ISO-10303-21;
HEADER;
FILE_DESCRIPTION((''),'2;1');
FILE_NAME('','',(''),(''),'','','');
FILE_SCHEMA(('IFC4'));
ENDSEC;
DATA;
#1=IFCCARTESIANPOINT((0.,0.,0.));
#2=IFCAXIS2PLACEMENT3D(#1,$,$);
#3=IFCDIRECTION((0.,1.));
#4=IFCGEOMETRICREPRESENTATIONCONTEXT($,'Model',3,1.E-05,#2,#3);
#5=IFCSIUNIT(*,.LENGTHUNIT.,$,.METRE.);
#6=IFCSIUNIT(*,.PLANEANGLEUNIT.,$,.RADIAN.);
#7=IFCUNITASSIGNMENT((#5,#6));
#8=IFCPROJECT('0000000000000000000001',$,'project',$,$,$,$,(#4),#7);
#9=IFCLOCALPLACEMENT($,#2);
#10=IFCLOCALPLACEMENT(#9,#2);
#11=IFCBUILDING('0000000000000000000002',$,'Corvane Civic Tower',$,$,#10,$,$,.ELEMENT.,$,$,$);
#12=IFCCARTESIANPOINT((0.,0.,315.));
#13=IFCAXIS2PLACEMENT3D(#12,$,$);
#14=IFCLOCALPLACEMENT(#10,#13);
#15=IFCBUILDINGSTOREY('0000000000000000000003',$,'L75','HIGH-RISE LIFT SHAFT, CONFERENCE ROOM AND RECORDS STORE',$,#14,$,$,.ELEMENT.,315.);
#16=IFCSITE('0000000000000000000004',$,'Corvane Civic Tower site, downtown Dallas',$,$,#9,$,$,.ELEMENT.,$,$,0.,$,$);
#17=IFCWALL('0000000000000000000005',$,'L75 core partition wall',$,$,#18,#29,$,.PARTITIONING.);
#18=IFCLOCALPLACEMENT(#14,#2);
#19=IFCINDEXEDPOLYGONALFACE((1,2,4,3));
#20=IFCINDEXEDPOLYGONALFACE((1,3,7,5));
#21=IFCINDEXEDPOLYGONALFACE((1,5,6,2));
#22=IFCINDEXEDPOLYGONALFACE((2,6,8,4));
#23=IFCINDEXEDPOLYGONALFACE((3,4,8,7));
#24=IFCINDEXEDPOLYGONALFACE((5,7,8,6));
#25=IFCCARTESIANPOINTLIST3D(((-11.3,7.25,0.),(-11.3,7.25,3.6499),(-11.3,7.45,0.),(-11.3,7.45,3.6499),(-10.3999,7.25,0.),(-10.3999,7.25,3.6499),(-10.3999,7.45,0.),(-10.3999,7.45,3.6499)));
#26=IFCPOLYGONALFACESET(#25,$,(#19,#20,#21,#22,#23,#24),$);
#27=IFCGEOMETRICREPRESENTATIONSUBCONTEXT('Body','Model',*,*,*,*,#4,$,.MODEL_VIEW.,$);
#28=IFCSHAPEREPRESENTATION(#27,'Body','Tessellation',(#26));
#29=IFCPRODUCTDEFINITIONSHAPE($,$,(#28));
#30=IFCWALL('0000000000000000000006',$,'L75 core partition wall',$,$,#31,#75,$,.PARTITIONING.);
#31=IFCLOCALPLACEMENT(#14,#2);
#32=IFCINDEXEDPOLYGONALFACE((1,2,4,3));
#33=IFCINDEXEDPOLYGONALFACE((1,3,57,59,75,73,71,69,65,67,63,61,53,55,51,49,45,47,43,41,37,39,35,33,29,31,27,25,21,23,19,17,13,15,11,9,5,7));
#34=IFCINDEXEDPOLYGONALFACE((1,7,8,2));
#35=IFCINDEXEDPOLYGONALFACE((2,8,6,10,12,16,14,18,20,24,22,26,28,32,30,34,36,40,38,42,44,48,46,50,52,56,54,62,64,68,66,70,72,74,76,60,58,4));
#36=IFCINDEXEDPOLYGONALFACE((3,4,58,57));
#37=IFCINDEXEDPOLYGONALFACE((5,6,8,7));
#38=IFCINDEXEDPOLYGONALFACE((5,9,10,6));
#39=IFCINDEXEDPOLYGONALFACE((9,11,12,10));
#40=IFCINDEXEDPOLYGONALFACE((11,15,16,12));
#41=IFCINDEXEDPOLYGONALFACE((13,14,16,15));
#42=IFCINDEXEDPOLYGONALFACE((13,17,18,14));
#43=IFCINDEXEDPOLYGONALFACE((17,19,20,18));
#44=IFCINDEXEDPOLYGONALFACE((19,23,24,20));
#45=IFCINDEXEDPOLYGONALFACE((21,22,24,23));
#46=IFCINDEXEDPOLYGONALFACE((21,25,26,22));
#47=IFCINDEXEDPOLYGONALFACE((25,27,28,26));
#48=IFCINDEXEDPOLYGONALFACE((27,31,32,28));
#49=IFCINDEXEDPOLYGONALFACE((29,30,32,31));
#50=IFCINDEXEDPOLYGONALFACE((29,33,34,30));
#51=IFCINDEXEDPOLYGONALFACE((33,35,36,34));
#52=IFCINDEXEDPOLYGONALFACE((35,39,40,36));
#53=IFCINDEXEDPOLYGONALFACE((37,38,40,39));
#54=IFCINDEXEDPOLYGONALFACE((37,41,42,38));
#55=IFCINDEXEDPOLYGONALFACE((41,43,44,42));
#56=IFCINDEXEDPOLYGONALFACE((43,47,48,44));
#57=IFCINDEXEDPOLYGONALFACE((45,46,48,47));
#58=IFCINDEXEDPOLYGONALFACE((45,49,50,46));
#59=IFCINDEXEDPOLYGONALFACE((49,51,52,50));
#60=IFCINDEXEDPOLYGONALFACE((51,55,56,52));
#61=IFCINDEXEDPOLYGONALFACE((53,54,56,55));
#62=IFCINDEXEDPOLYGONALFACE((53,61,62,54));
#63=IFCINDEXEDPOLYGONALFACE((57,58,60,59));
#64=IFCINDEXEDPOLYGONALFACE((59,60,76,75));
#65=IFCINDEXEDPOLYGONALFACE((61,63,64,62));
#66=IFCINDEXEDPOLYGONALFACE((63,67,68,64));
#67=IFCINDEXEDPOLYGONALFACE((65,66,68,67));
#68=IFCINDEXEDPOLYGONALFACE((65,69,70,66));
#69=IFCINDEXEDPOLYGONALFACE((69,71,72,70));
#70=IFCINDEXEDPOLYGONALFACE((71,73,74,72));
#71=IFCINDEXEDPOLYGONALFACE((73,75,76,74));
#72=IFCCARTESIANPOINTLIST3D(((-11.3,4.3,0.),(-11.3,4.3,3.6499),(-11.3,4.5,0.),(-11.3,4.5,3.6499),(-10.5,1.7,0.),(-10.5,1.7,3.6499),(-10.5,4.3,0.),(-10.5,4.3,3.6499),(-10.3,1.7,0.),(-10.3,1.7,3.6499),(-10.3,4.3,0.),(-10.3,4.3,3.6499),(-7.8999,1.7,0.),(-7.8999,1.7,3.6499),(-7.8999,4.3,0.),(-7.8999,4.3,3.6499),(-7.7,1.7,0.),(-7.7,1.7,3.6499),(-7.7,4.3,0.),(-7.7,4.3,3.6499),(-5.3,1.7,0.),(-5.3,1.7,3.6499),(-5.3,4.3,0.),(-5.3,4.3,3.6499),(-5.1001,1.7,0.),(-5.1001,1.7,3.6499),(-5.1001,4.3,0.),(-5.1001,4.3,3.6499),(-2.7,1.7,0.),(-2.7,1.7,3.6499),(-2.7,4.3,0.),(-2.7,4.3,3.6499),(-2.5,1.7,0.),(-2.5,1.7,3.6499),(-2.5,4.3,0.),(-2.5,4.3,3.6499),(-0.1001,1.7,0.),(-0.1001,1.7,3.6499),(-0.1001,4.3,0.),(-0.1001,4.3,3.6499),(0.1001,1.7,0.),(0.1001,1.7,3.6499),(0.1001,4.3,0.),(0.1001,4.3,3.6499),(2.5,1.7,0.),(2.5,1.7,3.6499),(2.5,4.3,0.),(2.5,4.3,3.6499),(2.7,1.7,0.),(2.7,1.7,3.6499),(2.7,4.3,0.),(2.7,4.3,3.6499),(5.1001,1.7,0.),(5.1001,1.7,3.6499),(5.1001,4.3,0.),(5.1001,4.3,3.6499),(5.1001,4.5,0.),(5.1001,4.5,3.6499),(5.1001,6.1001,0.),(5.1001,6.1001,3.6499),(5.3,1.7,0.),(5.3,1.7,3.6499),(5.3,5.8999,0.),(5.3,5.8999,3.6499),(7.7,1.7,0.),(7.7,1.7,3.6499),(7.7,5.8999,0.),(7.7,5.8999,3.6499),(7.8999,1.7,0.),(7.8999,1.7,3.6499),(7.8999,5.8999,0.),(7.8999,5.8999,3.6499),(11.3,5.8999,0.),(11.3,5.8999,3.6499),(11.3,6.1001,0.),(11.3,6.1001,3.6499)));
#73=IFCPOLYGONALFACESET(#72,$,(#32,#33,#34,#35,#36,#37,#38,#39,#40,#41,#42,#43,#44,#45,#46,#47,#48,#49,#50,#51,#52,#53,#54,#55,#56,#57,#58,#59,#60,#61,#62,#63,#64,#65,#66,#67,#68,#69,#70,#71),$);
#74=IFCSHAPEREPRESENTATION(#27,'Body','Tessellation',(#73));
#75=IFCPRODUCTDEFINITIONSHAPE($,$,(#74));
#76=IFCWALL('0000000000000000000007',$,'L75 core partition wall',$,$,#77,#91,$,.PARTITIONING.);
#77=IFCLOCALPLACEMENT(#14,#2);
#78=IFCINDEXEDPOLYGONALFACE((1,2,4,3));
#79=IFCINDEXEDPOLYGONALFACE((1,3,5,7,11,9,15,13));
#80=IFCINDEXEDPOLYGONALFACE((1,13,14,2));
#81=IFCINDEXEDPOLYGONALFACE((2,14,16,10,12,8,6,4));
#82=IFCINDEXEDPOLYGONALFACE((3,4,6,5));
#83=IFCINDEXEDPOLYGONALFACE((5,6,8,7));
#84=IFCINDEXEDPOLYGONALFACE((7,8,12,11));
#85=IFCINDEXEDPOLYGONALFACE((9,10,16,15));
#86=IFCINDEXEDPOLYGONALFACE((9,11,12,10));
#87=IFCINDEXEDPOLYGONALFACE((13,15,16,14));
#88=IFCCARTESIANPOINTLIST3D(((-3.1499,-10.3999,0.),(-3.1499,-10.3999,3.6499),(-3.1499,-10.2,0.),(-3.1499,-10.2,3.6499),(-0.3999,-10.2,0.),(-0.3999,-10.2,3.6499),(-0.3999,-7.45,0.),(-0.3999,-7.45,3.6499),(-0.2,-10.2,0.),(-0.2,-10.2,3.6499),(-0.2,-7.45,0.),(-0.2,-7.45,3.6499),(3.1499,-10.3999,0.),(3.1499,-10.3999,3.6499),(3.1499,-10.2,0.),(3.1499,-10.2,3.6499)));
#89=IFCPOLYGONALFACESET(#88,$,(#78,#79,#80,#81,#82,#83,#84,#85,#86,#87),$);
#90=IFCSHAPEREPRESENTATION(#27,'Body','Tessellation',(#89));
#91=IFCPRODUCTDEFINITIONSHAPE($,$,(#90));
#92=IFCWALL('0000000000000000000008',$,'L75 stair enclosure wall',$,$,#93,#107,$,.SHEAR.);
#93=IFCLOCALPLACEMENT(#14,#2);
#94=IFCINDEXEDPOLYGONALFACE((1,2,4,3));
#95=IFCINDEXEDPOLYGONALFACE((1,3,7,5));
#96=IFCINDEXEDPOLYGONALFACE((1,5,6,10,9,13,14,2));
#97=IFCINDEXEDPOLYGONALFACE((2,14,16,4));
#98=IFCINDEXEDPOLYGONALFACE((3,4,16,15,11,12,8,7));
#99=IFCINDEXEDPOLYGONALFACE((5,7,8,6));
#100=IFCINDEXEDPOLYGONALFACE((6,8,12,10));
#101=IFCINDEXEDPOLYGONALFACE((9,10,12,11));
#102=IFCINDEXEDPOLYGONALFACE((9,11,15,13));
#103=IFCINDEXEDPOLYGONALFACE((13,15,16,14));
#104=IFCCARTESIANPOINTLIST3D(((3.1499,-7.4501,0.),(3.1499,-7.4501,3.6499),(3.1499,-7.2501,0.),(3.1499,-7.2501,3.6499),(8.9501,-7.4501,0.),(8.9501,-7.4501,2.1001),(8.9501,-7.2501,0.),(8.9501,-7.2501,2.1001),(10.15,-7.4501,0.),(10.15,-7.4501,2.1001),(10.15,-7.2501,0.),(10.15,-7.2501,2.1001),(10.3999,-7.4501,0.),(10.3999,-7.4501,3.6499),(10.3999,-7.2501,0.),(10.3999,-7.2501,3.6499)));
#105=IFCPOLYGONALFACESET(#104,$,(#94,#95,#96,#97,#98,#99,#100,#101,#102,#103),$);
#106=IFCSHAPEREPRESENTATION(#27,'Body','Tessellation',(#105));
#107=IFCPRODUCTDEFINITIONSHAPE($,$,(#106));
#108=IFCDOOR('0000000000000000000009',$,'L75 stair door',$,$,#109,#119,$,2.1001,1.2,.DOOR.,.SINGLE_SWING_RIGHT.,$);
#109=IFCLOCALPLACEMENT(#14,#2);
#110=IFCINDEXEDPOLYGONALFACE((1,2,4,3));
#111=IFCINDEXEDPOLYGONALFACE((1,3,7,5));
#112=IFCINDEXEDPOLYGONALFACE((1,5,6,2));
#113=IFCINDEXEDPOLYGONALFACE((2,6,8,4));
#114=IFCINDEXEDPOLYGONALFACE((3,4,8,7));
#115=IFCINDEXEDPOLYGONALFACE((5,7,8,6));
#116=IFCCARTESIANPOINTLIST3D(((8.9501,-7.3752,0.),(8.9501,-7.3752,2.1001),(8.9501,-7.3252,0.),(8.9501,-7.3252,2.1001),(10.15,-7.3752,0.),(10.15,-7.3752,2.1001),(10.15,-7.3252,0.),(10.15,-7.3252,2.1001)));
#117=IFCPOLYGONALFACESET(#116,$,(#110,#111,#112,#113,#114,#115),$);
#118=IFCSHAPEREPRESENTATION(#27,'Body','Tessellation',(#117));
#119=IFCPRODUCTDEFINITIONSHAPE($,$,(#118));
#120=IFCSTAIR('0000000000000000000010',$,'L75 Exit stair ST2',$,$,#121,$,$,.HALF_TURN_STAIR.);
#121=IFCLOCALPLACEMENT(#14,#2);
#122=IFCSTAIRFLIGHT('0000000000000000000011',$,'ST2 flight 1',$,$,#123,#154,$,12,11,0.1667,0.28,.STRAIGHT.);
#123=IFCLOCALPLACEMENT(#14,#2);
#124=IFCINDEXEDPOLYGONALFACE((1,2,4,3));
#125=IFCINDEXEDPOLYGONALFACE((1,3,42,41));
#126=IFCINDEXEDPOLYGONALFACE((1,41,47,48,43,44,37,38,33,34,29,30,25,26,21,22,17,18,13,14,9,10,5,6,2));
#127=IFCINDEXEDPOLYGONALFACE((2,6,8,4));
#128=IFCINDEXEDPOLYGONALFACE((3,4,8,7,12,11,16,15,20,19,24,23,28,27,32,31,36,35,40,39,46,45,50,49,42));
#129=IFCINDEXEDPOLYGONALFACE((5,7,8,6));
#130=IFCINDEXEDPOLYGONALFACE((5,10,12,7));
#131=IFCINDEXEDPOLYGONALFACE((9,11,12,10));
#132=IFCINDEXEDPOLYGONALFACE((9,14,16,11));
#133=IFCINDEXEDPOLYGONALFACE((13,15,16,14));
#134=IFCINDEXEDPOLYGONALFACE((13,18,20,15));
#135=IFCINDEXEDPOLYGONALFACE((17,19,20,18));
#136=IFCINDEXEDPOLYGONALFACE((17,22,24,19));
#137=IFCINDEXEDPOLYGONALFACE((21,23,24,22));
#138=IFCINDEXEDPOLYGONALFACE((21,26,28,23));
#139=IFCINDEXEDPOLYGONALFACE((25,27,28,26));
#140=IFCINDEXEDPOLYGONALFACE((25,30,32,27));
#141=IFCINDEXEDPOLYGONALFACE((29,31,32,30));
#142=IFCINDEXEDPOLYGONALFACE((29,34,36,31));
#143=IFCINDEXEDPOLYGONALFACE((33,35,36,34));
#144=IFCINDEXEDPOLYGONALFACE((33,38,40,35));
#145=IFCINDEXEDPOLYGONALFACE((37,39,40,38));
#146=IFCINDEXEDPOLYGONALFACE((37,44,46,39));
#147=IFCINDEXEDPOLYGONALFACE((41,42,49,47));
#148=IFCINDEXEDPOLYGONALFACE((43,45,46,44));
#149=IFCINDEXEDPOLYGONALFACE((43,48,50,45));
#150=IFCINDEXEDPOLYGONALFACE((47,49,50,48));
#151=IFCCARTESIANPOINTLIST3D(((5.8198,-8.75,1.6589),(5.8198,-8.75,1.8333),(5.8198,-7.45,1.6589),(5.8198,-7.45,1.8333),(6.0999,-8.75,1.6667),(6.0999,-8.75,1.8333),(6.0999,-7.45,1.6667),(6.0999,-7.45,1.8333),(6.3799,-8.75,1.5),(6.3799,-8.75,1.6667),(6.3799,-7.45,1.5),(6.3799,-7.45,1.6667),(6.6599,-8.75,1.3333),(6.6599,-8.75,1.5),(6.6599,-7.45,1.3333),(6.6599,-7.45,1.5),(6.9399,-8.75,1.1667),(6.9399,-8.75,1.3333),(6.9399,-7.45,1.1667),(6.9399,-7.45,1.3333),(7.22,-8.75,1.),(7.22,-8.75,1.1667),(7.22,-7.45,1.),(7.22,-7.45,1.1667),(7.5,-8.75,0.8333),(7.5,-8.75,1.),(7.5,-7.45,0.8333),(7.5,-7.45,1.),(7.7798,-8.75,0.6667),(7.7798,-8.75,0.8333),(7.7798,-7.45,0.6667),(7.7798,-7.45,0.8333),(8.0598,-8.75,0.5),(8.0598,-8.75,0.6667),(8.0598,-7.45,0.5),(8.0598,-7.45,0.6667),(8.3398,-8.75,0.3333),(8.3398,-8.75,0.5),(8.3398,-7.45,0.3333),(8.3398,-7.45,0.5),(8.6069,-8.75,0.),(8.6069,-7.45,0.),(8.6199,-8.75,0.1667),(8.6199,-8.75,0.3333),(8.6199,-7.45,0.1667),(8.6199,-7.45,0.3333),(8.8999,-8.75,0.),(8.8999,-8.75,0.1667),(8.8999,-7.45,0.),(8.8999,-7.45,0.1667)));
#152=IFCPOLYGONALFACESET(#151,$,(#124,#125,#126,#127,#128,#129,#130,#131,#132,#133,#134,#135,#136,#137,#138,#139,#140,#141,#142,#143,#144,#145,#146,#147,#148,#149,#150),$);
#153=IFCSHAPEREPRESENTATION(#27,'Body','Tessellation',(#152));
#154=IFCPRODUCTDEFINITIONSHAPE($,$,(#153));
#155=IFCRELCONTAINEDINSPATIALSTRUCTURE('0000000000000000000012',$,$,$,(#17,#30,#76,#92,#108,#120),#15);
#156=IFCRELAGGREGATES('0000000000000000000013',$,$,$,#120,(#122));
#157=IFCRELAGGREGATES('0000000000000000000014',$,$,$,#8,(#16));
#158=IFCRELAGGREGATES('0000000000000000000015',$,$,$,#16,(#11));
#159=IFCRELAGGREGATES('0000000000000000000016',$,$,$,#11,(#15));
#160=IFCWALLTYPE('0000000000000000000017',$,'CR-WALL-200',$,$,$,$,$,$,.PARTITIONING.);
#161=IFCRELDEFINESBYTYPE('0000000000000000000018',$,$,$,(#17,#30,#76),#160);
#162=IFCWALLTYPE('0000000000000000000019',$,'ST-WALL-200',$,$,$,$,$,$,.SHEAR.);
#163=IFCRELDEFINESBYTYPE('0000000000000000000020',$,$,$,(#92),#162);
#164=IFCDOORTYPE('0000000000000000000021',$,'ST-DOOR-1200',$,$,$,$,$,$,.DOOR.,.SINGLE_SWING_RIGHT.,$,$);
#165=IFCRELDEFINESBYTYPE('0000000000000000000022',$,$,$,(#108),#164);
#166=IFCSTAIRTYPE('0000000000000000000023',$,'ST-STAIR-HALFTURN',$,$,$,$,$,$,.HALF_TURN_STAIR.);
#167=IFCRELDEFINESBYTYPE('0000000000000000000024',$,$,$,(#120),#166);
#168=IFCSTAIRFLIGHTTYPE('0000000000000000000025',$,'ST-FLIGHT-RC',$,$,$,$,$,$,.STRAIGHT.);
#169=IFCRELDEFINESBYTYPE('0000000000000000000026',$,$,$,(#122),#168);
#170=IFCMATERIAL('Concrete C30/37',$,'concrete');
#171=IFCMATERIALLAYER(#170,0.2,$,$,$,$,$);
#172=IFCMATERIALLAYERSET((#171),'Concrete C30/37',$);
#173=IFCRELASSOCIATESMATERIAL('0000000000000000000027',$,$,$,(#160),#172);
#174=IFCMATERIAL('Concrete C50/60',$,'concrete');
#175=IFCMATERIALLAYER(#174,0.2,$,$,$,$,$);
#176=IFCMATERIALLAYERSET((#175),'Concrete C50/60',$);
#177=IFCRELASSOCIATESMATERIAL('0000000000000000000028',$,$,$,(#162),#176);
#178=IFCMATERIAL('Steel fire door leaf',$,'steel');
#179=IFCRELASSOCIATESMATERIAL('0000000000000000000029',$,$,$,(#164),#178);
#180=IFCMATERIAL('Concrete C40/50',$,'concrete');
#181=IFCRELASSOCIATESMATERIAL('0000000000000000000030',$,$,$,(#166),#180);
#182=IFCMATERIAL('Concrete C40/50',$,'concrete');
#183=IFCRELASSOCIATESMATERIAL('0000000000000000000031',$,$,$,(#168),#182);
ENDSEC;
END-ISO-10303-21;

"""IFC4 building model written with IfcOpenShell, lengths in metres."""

from ifc_helpers import new_model, si_unit, direction, frame, frame_2d, origin, place, context, subcontext, project, spatial, polyline, rectangle, outline, extrude, material, layer, layer_set, type_object, element, fill, aggregate, save


model = new_model("IFC4")

# Units and contexts
model_context = context("Model", 3, precision=1e-05, world=origin(), true_north=direction((0.0, 1.0)))
body_context = subcontext(model_context, "Body", "Model", "MODEL_VIEW")
ifc_project = project(units=[si_unit("LENGTHUNIT", "METRE"), si_unit("PLANEANGLEUNIT", "RADIAN")], contexts=[model_context])

# Site, building, storey
site_placement = place(None, origin())
site = spatial("IfcSite", under=ifc_project, at=site_placement, Name="Corvane Civic Tower site, downtown Dallas", CompositionType="ELEMENT", RefElevation=0.0)
building_placement = place(site_placement, origin())
building = spatial("IfcBuilding", under=site, at=building_placement, Name="Corvane Civic Tower", CompositionType="ELEMENT")
storey_placement = place(building_placement, frame((0.0, 0.0, 315.0)))
storey = spatial("IfcBuildingStorey", under=building, at=storey_placement, Name="L75", Description="HIGH-RISE LIFT SHAFT, CONFERENCE ROOM AND RECORDS STORE", CompositionType="ELEMENT", Elevation=315.0)

# Shared definitions
ifc_material_1 = material(Name="Concrete C30/37", Category="concrete")
ifc_layer_1 = layer(ifc_material_1, 0.2)
ifc_layer_set_1 = layer_set([ifc_layer_1], Name="Concrete C30/37")
wall_type_1 = type_object("IfcWallType", Name="CR-WALL-200", PredefinedType="PARTITIONING", material=ifc_layer_set_1)

# Walls
wall_1_placement = place(storey_placement, origin())
element("IfcWall", 1, at=wall_1_placement, inside=storey, type_object=wall_type_1, Name="L75 core partition wall", PredefinedType="PARTITIONING", context=body_context, shape_type="SweptSolid", body=[
    extrude(outline(polyline([(-10.3999, 7.25), (-11.3, 7.25), (-11.3, 7.45), (-10.3999, 7.45), (-10.3999, 7.25)])), origin(), (0.0, 0.0, 1.0), 3.6499),
])
wall_2_placement = place(storey_placement, origin())
element("IfcWall", 2, at=wall_2_placement, inside=storey, type_object=wall_type_1, Name="L75 core partition wall", PredefinedType="PARTITIONING", context=body_context, shape_type="SweptSolid", body=[
    extrude(outline(polyline([(-5.3, 1.7), (-5.3, 4.3), (-7.7, 4.3), (-7.7, 1.7), (-7.8999, 1.7), (-7.8999, 4.3), (-10.3, 4.3), (-10.3, 1.7), (-10.5, 1.7), (-10.5, 4.3), (-11.3, 4.3), (-11.3, 4.5), (5.1001, 4.5), (5.1001, 6.1001), (11.3, 6.1001), (11.3, 5.8999), (7.8999, 5.8999), (7.8999, 1.7), (7.7, 1.7), (7.7, 5.8999), (5.3, 5.8999), (5.3, 1.7), (5.1001, 1.7), (5.1001, 4.3), (2.7, 4.3), (2.7, 1.7), (2.5, 1.7), (2.5, 4.3), (0.1001, 4.3), (0.1001, 1.7), (-0.1001, 1.7), (-0.1001, 4.3), (-2.5, 4.3), (-2.5, 1.7), (-2.7, 1.7), (-2.7, 4.3), (-5.1001, 4.3), (-5.1001, 1.7), (-5.3, 1.7)])), origin(), (0.0, 0.0, 1.0), 3.6499),
])
wall_3_placement = place(storey_placement, origin())
element("IfcWall", 3, at=wall_3_placement, inside=storey, type_object=wall_type_1, Name="L75 core partition wall", PredefinedType="PARTITIONING", context=body_context, shape_type="SweptSolid", body=[
    extrude(outline(polyline([(-0.2, -7.45), (-0.2, -10.2), (3.1499, -10.2), (3.1499, -10.3999), (-3.1499, -10.3999), (-3.1499, -10.2), (-0.3999, -10.2), (-0.3999, -7.45), (-0.2, -7.45)])), origin(), (0.0, 0.0, 1.0), 3.6499),
])

# Wall, opening, door
ifc_material_2 = material(Name="Concrete C50/60", Category="concrete")
ifc_layer_2 = layer(ifc_material_2, 0.2)
ifc_layer_set_2 = layer_set([ifc_layer_2], Name="Concrete C50/60")
wall_type_2 = type_object("IfcWallType", Name="ST-WALL-200", PredefinedType="SHEAR", material=ifc_layer_set_2)
wall_4_placement = place(storey_placement, frame((3.1499, -7.3501, 0.0), z_axis=(0.0, 0.0, 1.0), x_axis=(1.0, 0.0, 0.0)))
wall_4 = element("IfcWall", 4, at=wall_4_placement, inside=storey, type_object=wall_type_2, Name="L75 stair enclosure wall", PredefinedType="SHEAR", context=body_context, shape_type="SweptSolid", body=[
    extrude(rectangle(XDim=7.25, YDim=0.2, at=frame_2d((3.625, 0.0))), origin(), (0.0, 0.0, 1.0), 3.6499),
])
opening_1_placement = place(wall_4_placement, frame((5.8, 0.0, 0.0)))
opening_1 = element("IfcOpeningElement", 5, at=opening_1_placement, cuts=wall_4, PredefinedType="OPENING", context=body_context, shape_type="SweptSolid", body=[
    extrude(rectangle(XDim=1.2, YDim=2.1001, at=frame_2d((0.6001, 1.05))), frame((0.0, 0.1099, 0.0), z_axis=(0.0, -1.0, 0.0), x_axis=(1.0, 0.0, 0.0)), (0.0, 0.0, 1.0), 0.22),
])
ifc_material_3 = material(Name="Steel fire door leaf", Category="steel")
door_type_1 = type_object("IfcDoorType", Name="ST-DOOR-1200", OperationType="SINGLE_SWING_RIGHT", PredefinedType="DOOR", material=ifc_material_3)
door_1_placement = place(opening_1_placement, origin())
door_1 = element("IfcDoor", 6, at=door_1_placement, inside=storey, type_object=door_type_1, Name="L75 stair door", OperationType="SINGLE_SWING_RIGHT", OverallHeight=2.1001, OverallWidth=1.2, PredefinedType="DOOR", context=body_context, shape_type="SweptSolid", body=[
    extrude(rectangle(XDim=1.2, YDim=2.1001, at=frame_2d((0.6001, 1.05))), frame((0.0, 0.0249, 0.0), z_axis=(0.0, -1.0, 0.0), x_axis=(1.0, 0.0, 0.0)), (0.0, 0.0, 1.0), 0.05),
])
fill(opening_1, door_1)

# Stair, stair flight
ifc_material_4 = material(Name="Concrete C40/50", Category="concrete")
stair_type = type_object("IfcStairType", Name="ST-STAIR-HALFTURN", PredefinedType="HALF_TURN_STAIR", material=ifc_material_4)
stair_placement = place(storey_placement, origin())
stair = element("IfcStair", 7, at=stair_placement, inside=storey, type_object=stair_type, Name="L75 Exit stair ST2", PredefinedType="HALF_TURN_STAIR")
ifc_material_5 = material(Name="Concrete C40/50", Category="concrete")
stair_flight_type = type_object("IfcStairFlightType", Name="ST-FLIGHT-RC", PredefinedType="STRAIGHT", material=ifc_material_5)
stair_flight_1_placement = place(storey_placement, frame((8.8999, -8.1001, 0.0), z_axis=(0.0, 0.0, 1.0), x_axis=(-1.0, 0.0, 0.0)))
stair_flight_1 = element("IfcStairFlight", 8, at=stair_flight_1_placement, type_object=stair_flight_type, Name="ST2 flight 1", NumberOfRisers=12, NumberOfTreads=11, PredefinedType="STRAIGHT", RiserHeight=0.1667, TreadLength=0.28, context=body_context, shape_type="SweptSolid", body=[
    extrude(outline(polyline([(0.0, 0.0), (0.0, 0.1667), (0.28, 0.1667), (0.28, 0.3333), (0.5601, 0.3333), (0.5601, 0.5), (0.8401, 0.5), (0.8401, 0.6667), (1.1201, 0.6667), (1.1201, 0.8333), (1.3999, 0.8333), (1.3999, 1.0), (1.6799, 1.0), (1.6799, 1.1667), (1.96, 1.1667), (1.96, 1.3333), (2.24, 1.3333), (2.24, 1.5), (2.52, 1.5), (2.52, 1.6667), (2.8, 1.6667), (2.8, 1.8333), (3.0801, 1.8333), (3.0801, 2.0), (3.0801, 1.6589), (0.293, 0.0), (0.0, 0.0)])), frame((0.0, 0.6499, 0.0), z_axis=(0.0, -1.0, 0.0), x_axis=(1.0, 0.0, 0.0)), (0.0, 0.0, 1.0), 1.3),
])
aggregate(stair, [stair_flight_1])

save(model, "model.ifc")
